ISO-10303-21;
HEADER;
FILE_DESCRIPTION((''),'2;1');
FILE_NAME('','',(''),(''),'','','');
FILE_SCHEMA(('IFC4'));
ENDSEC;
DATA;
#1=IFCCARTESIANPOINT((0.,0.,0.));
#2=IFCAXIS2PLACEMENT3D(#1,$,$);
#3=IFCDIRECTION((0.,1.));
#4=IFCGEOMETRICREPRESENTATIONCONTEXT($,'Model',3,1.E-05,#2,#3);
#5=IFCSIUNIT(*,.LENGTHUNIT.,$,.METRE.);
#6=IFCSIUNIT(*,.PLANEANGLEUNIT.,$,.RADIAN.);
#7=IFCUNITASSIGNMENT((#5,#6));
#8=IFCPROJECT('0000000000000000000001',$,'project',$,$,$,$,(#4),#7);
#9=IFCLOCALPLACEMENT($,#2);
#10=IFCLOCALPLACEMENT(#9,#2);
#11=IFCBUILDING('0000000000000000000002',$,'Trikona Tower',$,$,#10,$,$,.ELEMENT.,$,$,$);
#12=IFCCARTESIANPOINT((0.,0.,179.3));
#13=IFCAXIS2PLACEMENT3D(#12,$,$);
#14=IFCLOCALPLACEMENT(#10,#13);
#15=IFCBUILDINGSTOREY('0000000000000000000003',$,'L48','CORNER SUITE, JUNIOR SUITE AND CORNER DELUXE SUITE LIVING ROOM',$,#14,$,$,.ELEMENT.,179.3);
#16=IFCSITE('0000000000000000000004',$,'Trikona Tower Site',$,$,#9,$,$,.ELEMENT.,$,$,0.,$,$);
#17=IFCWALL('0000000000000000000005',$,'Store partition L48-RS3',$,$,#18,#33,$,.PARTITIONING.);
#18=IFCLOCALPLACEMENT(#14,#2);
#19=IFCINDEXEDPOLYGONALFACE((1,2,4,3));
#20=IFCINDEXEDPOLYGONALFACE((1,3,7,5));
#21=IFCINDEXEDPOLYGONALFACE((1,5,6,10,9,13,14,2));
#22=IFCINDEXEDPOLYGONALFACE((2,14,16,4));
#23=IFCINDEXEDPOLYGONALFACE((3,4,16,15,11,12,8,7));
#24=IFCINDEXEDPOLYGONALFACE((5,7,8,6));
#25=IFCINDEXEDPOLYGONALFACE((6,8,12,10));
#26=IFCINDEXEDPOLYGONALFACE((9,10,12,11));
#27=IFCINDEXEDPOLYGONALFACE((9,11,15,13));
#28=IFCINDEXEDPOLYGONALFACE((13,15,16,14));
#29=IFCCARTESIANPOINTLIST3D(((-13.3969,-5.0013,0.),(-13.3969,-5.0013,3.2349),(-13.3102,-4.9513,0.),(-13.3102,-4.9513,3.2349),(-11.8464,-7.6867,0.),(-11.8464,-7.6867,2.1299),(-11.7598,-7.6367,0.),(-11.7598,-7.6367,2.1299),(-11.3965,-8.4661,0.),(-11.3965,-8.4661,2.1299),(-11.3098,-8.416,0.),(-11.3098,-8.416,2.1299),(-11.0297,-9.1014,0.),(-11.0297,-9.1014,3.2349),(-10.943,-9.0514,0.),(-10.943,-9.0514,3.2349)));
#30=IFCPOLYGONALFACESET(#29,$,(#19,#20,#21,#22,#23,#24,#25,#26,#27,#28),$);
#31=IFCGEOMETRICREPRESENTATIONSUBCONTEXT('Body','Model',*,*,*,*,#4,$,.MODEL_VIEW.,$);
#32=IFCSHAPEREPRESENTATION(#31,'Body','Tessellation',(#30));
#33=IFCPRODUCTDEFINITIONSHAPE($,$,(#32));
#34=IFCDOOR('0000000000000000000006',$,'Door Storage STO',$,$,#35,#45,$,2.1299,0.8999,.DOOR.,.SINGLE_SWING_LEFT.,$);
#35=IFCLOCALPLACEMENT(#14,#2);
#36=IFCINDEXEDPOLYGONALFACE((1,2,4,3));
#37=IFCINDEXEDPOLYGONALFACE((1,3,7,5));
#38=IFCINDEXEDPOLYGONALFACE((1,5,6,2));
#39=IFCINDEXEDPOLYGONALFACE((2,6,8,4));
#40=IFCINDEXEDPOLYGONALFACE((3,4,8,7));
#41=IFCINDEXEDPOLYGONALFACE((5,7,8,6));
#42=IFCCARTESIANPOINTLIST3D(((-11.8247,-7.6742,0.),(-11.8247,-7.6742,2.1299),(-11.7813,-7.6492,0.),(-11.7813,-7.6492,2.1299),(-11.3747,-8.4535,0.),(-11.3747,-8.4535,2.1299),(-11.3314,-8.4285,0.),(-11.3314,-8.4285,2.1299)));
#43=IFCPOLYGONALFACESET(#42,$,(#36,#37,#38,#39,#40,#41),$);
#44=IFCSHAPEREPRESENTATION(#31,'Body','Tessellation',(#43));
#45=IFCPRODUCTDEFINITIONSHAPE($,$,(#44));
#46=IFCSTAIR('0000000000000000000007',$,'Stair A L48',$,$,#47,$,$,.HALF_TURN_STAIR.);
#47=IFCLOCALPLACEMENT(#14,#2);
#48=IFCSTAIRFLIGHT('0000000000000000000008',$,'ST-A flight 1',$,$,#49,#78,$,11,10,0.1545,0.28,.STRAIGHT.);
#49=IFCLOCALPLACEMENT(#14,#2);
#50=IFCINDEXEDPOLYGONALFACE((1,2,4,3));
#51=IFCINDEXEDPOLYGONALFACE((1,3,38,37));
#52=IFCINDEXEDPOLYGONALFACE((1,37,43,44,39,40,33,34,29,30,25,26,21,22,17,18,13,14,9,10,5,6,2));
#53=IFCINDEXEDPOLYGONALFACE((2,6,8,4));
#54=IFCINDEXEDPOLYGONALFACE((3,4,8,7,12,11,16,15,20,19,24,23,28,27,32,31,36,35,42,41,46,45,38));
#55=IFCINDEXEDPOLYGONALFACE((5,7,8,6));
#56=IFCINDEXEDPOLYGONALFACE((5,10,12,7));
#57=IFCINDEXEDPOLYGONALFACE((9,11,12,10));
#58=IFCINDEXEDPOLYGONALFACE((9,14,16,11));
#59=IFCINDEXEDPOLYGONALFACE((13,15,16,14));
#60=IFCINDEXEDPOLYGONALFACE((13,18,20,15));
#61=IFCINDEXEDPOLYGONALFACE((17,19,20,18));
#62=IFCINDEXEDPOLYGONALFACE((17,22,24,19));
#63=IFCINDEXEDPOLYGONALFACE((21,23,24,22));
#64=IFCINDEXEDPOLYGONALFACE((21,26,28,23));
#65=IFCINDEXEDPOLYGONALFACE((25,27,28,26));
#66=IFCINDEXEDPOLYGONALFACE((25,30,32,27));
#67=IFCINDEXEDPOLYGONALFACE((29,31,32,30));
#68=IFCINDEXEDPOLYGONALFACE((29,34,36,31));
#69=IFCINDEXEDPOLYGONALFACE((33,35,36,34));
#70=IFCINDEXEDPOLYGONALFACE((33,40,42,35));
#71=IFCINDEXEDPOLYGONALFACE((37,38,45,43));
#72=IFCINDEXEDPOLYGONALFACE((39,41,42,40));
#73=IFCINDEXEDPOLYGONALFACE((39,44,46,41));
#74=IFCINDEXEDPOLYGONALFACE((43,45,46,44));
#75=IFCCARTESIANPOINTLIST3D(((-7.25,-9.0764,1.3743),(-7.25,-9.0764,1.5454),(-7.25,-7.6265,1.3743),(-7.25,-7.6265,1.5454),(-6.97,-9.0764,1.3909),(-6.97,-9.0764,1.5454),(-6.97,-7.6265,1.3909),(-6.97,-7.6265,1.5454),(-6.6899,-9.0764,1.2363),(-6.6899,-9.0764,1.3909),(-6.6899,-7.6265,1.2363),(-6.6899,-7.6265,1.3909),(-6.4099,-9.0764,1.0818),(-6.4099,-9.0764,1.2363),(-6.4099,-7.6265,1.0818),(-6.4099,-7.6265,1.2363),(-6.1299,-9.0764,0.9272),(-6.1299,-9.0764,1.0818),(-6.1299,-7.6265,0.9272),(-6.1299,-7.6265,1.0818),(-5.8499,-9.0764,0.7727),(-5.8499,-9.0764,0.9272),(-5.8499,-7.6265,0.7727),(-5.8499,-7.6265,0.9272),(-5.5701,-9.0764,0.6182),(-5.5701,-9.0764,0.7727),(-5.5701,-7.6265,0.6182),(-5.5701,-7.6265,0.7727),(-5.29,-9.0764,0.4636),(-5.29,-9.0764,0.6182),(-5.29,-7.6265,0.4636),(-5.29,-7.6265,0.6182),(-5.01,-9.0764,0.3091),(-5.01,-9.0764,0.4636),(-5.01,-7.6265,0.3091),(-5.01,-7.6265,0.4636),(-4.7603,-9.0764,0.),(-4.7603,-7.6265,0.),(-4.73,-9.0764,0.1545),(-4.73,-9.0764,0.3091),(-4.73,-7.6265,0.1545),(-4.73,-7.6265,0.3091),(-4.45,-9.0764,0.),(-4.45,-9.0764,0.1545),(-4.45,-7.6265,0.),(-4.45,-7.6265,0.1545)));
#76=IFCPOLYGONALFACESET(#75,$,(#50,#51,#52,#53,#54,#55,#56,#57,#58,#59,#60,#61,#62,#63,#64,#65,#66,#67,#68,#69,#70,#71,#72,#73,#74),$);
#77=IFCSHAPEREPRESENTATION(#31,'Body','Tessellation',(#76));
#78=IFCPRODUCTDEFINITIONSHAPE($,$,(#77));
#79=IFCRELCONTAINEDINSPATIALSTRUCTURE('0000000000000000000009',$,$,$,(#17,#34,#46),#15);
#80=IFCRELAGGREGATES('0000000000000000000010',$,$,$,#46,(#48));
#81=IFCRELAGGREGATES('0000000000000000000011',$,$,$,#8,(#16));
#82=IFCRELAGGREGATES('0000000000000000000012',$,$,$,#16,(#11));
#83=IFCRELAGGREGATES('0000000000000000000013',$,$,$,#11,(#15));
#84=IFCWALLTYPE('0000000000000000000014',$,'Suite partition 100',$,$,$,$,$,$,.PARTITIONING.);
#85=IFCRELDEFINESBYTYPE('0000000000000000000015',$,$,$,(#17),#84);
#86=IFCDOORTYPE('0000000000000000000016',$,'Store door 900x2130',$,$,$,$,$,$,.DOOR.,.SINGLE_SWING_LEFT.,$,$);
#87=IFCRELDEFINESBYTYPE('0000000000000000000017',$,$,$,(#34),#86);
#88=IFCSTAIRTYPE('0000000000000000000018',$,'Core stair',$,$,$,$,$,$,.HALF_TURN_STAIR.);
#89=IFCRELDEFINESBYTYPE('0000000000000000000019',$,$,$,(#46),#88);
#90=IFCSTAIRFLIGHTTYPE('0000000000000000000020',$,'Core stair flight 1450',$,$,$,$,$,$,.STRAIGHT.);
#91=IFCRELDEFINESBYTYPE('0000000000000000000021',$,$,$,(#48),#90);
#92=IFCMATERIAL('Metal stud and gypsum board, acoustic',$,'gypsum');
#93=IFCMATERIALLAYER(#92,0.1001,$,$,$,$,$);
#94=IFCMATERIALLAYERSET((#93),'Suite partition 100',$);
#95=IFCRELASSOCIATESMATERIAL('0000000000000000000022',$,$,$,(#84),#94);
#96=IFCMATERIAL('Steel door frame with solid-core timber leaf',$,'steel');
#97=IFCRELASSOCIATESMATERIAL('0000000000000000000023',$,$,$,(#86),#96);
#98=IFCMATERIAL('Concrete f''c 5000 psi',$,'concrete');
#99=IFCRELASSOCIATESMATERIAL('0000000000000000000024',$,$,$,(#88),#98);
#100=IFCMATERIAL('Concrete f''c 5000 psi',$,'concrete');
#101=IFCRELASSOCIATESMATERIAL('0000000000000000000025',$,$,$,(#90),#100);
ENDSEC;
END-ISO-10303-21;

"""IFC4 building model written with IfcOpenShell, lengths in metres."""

from ifc_helpers import new_model, si_unit, direction, frame, frame_2d, origin, place, context, subcontext, project, spatial, polyline, rectangle, outline, extrude, material, layer, layer_set, type_object, element, fill, aggregate, save


model = new_model("IFC4")

# Units and contexts
model_context = context("Model", 3, precision=1e-05, world=origin(), true_north=direction((0.0, 1.0)))
body_context = subcontext(model_context, "Body", "Model", "MODEL_VIEW")
ifc_project = project(units=[si_unit("LENGTHUNIT", "METRE"), si_unit("PLANEANGLEUNIT", "RADIAN")], contexts=[model_context])

# Site, building, storey
site_placement = place(None, origin())
site = spatial("IfcSite", under=ifc_project, at=site_placement, Name="Trikona Tower Site", CompositionType="ELEMENT", RefElevation=0.0)
building_placement = place(site_placement, origin())
building = spatial("IfcBuilding", under=site, at=building_placement, Name="Trikona Tower", CompositionType="ELEMENT")
storey_placement = place(building_placement, frame((0.0, 0.0, 179.3)))
storey = spatial("IfcBuildingStorey", under=building, at=storey_placement, Name="L48", Description="CORNER SUITE, JUNIOR SUITE AND CORNER DELUXE SUITE LIVING ROOM", CompositionType="ELEMENT", Elevation=179.3)

# Wall, opening, door
ifc_material_1 = material(Name="Metal stud and gypsum board, acoustic", Category="gypsum")
ifc_layer_1 = layer(ifc_material_1, 0.1001)
ifc_layer_set_1 = layer_set([ifc_layer_1], Name="Suite partition 100")
wall_type_1 = type_object("IfcWallType", Name="Suite partition 100", PredefinedType="PARTITIONING", material=ifc_layer_set_1)
wall_1_placement = place(storey_placement, frame((-10.9863, -9.0764, 0.0), z_axis=(0.0, 0.0, 1.0), x_axis=(-0.499999, 0.866026, 0.0)))
wall_1 = element("IfcWall", 1, at=wall_1_placement, inside=storey, type_object=wall_type_1, Name="Store partition L48-RS3", PredefinedType="PARTITIONING", context=body_context, shape_type="SweptSolid", body=[
    extrude(rectangle(XDim=4.7344, YDim=0.1001, at=frame_2d((2.3672, 0.0))), origin(), (0.0, 0.0, 1.0), 3.2349),
])
opening_1_placement = place(wall_1_placement, frame((0.7336, 0.0, 0.0)))
opening_1 = element("IfcOpeningElement", 2, at=opening_1_placement, cuts=wall_1, PredefinedType="OPENING", context=body_context, shape_type="SweptSolid", body=[
    extrude(rectangle(XDim=0.8999, YDim=2.1299, at=frame_2d((0.45, 1.0649))), frame((0.0, 0.0601, 0.0), z_axis=(0.0, -1.0, 0.0), x_axis=(1.0, 0.0, 0.0)), (0.0, 0.0, 1.0), 0.1201),
])
ifc_material_2 = material(Name="Steel door frame with solid-core timber leaf", Category="steel")
door_type_1 = type_object("IfcDoorType", Name="Store door 900x2130", OperationType="SINGLE_SWING_LEFT", PredefinedType="DOOR", material=ifc_material_2)
door_1_placement = place(opening_1_placement, origin())
door_1 = element("IfcDoor", 3, at=door_1_placement, inside=storey, type_object=door_type_1, Name="Door Storage STO", OperationType="SINGLE_SWING_LEFT", OverallHeight=2.1299, OverallWidth=0.8999, PredefinedType="DOOR", context=body_context, shape_type="SweptSolid", body=[
    extrude(rectangle(XDim=0.8999, YDim=2.1299, at=frame_2d((0.45, 1.0649))), frame((0.0, 0.0249, 0.0), z_axis=(0.0, -1.0, 0.0), x_axis=(1.0, 0.0, 0.0)), (0.0, 0.0, 1.0), 0.05),
])
fill(opening_1, door_1)

# Stair, stair flight
ifc_material_3 = material(Name="Concrete f'c 5000 psi", Category="concrete")
stair_type = type_object("IfcStairType", Name="Core stair", PredefinedType="HALF_TURN_STAIR", material=ifc_material_3)
stair_placement = place(storey_placement, origin())
stair = element("IfcStair", 4, at=stair_placement, inside=storey, type_object=stair_type, Name="Stair A L48", PredefinedType="HALF_TURN_STAIR")
ifc_material_4 = material(Name="Concrete f'c 5000 psi", Category="concrete")
stair_flight_type = type_object("IfcStairFlightType", Name="Core stair flight 1450", PredefinedType="STRAIGHT", material=ifc_material_4)
stair_flight_placement = place(storey_placement, frame((-4.45, -8.3513, 0.0), z_axis=(0.0, 0.0, 1.0), x_axis=(-1.0, 0.0, 0.0)))
stair_flight = element("IfcStairFlight", 5, at=stair_flight_placement, type_object=stair_flight_type, Name="ST-A flight 1", NumberOfRisers=11, NumberOfTreads=10, PredefinedType="STRAIGHT", RiserHeight=0.1545, TreadLength=0.28, context=body_context, shape_type="SweptSolid", body=[
    extrude(outline(polyline([(0.0, 0.0), (0.0, 0.1545), (0.28, 0.1545), (0.28, 0.3091), (0.5601, 0.3091), (0.5601, 0.4636), (0.8401, 0.4636), (0.8401, 0.6182), (1.1201, 0.6182), (1.1201, 0.7727), (1.3999, 0.7727), (1.3999, 0.9272), (1.6799, 0.9272), (1.6799, 1.0818), (1.96, 1.0818), (1.96, 1.2363), (2.24, 1.2363), (2.24, 1.3909), (2.52, 1.3909), (2.52, 1.5454), (2.8, 1.5454), (2.8, 1.7), (2.8, 1.3743), (0.3103, 0.0), (0.0, 0.0)])), frame((0.0, 0.7251, 0.0), z_axis=(0.0, -1.0, 0.0), x_axis=(1.0, 0.0, 0.0)), (0.0, 0.0, 1.0), 1.45),
])
aggregate(stair, [stair_flight])

save(model, "model.ifc")
